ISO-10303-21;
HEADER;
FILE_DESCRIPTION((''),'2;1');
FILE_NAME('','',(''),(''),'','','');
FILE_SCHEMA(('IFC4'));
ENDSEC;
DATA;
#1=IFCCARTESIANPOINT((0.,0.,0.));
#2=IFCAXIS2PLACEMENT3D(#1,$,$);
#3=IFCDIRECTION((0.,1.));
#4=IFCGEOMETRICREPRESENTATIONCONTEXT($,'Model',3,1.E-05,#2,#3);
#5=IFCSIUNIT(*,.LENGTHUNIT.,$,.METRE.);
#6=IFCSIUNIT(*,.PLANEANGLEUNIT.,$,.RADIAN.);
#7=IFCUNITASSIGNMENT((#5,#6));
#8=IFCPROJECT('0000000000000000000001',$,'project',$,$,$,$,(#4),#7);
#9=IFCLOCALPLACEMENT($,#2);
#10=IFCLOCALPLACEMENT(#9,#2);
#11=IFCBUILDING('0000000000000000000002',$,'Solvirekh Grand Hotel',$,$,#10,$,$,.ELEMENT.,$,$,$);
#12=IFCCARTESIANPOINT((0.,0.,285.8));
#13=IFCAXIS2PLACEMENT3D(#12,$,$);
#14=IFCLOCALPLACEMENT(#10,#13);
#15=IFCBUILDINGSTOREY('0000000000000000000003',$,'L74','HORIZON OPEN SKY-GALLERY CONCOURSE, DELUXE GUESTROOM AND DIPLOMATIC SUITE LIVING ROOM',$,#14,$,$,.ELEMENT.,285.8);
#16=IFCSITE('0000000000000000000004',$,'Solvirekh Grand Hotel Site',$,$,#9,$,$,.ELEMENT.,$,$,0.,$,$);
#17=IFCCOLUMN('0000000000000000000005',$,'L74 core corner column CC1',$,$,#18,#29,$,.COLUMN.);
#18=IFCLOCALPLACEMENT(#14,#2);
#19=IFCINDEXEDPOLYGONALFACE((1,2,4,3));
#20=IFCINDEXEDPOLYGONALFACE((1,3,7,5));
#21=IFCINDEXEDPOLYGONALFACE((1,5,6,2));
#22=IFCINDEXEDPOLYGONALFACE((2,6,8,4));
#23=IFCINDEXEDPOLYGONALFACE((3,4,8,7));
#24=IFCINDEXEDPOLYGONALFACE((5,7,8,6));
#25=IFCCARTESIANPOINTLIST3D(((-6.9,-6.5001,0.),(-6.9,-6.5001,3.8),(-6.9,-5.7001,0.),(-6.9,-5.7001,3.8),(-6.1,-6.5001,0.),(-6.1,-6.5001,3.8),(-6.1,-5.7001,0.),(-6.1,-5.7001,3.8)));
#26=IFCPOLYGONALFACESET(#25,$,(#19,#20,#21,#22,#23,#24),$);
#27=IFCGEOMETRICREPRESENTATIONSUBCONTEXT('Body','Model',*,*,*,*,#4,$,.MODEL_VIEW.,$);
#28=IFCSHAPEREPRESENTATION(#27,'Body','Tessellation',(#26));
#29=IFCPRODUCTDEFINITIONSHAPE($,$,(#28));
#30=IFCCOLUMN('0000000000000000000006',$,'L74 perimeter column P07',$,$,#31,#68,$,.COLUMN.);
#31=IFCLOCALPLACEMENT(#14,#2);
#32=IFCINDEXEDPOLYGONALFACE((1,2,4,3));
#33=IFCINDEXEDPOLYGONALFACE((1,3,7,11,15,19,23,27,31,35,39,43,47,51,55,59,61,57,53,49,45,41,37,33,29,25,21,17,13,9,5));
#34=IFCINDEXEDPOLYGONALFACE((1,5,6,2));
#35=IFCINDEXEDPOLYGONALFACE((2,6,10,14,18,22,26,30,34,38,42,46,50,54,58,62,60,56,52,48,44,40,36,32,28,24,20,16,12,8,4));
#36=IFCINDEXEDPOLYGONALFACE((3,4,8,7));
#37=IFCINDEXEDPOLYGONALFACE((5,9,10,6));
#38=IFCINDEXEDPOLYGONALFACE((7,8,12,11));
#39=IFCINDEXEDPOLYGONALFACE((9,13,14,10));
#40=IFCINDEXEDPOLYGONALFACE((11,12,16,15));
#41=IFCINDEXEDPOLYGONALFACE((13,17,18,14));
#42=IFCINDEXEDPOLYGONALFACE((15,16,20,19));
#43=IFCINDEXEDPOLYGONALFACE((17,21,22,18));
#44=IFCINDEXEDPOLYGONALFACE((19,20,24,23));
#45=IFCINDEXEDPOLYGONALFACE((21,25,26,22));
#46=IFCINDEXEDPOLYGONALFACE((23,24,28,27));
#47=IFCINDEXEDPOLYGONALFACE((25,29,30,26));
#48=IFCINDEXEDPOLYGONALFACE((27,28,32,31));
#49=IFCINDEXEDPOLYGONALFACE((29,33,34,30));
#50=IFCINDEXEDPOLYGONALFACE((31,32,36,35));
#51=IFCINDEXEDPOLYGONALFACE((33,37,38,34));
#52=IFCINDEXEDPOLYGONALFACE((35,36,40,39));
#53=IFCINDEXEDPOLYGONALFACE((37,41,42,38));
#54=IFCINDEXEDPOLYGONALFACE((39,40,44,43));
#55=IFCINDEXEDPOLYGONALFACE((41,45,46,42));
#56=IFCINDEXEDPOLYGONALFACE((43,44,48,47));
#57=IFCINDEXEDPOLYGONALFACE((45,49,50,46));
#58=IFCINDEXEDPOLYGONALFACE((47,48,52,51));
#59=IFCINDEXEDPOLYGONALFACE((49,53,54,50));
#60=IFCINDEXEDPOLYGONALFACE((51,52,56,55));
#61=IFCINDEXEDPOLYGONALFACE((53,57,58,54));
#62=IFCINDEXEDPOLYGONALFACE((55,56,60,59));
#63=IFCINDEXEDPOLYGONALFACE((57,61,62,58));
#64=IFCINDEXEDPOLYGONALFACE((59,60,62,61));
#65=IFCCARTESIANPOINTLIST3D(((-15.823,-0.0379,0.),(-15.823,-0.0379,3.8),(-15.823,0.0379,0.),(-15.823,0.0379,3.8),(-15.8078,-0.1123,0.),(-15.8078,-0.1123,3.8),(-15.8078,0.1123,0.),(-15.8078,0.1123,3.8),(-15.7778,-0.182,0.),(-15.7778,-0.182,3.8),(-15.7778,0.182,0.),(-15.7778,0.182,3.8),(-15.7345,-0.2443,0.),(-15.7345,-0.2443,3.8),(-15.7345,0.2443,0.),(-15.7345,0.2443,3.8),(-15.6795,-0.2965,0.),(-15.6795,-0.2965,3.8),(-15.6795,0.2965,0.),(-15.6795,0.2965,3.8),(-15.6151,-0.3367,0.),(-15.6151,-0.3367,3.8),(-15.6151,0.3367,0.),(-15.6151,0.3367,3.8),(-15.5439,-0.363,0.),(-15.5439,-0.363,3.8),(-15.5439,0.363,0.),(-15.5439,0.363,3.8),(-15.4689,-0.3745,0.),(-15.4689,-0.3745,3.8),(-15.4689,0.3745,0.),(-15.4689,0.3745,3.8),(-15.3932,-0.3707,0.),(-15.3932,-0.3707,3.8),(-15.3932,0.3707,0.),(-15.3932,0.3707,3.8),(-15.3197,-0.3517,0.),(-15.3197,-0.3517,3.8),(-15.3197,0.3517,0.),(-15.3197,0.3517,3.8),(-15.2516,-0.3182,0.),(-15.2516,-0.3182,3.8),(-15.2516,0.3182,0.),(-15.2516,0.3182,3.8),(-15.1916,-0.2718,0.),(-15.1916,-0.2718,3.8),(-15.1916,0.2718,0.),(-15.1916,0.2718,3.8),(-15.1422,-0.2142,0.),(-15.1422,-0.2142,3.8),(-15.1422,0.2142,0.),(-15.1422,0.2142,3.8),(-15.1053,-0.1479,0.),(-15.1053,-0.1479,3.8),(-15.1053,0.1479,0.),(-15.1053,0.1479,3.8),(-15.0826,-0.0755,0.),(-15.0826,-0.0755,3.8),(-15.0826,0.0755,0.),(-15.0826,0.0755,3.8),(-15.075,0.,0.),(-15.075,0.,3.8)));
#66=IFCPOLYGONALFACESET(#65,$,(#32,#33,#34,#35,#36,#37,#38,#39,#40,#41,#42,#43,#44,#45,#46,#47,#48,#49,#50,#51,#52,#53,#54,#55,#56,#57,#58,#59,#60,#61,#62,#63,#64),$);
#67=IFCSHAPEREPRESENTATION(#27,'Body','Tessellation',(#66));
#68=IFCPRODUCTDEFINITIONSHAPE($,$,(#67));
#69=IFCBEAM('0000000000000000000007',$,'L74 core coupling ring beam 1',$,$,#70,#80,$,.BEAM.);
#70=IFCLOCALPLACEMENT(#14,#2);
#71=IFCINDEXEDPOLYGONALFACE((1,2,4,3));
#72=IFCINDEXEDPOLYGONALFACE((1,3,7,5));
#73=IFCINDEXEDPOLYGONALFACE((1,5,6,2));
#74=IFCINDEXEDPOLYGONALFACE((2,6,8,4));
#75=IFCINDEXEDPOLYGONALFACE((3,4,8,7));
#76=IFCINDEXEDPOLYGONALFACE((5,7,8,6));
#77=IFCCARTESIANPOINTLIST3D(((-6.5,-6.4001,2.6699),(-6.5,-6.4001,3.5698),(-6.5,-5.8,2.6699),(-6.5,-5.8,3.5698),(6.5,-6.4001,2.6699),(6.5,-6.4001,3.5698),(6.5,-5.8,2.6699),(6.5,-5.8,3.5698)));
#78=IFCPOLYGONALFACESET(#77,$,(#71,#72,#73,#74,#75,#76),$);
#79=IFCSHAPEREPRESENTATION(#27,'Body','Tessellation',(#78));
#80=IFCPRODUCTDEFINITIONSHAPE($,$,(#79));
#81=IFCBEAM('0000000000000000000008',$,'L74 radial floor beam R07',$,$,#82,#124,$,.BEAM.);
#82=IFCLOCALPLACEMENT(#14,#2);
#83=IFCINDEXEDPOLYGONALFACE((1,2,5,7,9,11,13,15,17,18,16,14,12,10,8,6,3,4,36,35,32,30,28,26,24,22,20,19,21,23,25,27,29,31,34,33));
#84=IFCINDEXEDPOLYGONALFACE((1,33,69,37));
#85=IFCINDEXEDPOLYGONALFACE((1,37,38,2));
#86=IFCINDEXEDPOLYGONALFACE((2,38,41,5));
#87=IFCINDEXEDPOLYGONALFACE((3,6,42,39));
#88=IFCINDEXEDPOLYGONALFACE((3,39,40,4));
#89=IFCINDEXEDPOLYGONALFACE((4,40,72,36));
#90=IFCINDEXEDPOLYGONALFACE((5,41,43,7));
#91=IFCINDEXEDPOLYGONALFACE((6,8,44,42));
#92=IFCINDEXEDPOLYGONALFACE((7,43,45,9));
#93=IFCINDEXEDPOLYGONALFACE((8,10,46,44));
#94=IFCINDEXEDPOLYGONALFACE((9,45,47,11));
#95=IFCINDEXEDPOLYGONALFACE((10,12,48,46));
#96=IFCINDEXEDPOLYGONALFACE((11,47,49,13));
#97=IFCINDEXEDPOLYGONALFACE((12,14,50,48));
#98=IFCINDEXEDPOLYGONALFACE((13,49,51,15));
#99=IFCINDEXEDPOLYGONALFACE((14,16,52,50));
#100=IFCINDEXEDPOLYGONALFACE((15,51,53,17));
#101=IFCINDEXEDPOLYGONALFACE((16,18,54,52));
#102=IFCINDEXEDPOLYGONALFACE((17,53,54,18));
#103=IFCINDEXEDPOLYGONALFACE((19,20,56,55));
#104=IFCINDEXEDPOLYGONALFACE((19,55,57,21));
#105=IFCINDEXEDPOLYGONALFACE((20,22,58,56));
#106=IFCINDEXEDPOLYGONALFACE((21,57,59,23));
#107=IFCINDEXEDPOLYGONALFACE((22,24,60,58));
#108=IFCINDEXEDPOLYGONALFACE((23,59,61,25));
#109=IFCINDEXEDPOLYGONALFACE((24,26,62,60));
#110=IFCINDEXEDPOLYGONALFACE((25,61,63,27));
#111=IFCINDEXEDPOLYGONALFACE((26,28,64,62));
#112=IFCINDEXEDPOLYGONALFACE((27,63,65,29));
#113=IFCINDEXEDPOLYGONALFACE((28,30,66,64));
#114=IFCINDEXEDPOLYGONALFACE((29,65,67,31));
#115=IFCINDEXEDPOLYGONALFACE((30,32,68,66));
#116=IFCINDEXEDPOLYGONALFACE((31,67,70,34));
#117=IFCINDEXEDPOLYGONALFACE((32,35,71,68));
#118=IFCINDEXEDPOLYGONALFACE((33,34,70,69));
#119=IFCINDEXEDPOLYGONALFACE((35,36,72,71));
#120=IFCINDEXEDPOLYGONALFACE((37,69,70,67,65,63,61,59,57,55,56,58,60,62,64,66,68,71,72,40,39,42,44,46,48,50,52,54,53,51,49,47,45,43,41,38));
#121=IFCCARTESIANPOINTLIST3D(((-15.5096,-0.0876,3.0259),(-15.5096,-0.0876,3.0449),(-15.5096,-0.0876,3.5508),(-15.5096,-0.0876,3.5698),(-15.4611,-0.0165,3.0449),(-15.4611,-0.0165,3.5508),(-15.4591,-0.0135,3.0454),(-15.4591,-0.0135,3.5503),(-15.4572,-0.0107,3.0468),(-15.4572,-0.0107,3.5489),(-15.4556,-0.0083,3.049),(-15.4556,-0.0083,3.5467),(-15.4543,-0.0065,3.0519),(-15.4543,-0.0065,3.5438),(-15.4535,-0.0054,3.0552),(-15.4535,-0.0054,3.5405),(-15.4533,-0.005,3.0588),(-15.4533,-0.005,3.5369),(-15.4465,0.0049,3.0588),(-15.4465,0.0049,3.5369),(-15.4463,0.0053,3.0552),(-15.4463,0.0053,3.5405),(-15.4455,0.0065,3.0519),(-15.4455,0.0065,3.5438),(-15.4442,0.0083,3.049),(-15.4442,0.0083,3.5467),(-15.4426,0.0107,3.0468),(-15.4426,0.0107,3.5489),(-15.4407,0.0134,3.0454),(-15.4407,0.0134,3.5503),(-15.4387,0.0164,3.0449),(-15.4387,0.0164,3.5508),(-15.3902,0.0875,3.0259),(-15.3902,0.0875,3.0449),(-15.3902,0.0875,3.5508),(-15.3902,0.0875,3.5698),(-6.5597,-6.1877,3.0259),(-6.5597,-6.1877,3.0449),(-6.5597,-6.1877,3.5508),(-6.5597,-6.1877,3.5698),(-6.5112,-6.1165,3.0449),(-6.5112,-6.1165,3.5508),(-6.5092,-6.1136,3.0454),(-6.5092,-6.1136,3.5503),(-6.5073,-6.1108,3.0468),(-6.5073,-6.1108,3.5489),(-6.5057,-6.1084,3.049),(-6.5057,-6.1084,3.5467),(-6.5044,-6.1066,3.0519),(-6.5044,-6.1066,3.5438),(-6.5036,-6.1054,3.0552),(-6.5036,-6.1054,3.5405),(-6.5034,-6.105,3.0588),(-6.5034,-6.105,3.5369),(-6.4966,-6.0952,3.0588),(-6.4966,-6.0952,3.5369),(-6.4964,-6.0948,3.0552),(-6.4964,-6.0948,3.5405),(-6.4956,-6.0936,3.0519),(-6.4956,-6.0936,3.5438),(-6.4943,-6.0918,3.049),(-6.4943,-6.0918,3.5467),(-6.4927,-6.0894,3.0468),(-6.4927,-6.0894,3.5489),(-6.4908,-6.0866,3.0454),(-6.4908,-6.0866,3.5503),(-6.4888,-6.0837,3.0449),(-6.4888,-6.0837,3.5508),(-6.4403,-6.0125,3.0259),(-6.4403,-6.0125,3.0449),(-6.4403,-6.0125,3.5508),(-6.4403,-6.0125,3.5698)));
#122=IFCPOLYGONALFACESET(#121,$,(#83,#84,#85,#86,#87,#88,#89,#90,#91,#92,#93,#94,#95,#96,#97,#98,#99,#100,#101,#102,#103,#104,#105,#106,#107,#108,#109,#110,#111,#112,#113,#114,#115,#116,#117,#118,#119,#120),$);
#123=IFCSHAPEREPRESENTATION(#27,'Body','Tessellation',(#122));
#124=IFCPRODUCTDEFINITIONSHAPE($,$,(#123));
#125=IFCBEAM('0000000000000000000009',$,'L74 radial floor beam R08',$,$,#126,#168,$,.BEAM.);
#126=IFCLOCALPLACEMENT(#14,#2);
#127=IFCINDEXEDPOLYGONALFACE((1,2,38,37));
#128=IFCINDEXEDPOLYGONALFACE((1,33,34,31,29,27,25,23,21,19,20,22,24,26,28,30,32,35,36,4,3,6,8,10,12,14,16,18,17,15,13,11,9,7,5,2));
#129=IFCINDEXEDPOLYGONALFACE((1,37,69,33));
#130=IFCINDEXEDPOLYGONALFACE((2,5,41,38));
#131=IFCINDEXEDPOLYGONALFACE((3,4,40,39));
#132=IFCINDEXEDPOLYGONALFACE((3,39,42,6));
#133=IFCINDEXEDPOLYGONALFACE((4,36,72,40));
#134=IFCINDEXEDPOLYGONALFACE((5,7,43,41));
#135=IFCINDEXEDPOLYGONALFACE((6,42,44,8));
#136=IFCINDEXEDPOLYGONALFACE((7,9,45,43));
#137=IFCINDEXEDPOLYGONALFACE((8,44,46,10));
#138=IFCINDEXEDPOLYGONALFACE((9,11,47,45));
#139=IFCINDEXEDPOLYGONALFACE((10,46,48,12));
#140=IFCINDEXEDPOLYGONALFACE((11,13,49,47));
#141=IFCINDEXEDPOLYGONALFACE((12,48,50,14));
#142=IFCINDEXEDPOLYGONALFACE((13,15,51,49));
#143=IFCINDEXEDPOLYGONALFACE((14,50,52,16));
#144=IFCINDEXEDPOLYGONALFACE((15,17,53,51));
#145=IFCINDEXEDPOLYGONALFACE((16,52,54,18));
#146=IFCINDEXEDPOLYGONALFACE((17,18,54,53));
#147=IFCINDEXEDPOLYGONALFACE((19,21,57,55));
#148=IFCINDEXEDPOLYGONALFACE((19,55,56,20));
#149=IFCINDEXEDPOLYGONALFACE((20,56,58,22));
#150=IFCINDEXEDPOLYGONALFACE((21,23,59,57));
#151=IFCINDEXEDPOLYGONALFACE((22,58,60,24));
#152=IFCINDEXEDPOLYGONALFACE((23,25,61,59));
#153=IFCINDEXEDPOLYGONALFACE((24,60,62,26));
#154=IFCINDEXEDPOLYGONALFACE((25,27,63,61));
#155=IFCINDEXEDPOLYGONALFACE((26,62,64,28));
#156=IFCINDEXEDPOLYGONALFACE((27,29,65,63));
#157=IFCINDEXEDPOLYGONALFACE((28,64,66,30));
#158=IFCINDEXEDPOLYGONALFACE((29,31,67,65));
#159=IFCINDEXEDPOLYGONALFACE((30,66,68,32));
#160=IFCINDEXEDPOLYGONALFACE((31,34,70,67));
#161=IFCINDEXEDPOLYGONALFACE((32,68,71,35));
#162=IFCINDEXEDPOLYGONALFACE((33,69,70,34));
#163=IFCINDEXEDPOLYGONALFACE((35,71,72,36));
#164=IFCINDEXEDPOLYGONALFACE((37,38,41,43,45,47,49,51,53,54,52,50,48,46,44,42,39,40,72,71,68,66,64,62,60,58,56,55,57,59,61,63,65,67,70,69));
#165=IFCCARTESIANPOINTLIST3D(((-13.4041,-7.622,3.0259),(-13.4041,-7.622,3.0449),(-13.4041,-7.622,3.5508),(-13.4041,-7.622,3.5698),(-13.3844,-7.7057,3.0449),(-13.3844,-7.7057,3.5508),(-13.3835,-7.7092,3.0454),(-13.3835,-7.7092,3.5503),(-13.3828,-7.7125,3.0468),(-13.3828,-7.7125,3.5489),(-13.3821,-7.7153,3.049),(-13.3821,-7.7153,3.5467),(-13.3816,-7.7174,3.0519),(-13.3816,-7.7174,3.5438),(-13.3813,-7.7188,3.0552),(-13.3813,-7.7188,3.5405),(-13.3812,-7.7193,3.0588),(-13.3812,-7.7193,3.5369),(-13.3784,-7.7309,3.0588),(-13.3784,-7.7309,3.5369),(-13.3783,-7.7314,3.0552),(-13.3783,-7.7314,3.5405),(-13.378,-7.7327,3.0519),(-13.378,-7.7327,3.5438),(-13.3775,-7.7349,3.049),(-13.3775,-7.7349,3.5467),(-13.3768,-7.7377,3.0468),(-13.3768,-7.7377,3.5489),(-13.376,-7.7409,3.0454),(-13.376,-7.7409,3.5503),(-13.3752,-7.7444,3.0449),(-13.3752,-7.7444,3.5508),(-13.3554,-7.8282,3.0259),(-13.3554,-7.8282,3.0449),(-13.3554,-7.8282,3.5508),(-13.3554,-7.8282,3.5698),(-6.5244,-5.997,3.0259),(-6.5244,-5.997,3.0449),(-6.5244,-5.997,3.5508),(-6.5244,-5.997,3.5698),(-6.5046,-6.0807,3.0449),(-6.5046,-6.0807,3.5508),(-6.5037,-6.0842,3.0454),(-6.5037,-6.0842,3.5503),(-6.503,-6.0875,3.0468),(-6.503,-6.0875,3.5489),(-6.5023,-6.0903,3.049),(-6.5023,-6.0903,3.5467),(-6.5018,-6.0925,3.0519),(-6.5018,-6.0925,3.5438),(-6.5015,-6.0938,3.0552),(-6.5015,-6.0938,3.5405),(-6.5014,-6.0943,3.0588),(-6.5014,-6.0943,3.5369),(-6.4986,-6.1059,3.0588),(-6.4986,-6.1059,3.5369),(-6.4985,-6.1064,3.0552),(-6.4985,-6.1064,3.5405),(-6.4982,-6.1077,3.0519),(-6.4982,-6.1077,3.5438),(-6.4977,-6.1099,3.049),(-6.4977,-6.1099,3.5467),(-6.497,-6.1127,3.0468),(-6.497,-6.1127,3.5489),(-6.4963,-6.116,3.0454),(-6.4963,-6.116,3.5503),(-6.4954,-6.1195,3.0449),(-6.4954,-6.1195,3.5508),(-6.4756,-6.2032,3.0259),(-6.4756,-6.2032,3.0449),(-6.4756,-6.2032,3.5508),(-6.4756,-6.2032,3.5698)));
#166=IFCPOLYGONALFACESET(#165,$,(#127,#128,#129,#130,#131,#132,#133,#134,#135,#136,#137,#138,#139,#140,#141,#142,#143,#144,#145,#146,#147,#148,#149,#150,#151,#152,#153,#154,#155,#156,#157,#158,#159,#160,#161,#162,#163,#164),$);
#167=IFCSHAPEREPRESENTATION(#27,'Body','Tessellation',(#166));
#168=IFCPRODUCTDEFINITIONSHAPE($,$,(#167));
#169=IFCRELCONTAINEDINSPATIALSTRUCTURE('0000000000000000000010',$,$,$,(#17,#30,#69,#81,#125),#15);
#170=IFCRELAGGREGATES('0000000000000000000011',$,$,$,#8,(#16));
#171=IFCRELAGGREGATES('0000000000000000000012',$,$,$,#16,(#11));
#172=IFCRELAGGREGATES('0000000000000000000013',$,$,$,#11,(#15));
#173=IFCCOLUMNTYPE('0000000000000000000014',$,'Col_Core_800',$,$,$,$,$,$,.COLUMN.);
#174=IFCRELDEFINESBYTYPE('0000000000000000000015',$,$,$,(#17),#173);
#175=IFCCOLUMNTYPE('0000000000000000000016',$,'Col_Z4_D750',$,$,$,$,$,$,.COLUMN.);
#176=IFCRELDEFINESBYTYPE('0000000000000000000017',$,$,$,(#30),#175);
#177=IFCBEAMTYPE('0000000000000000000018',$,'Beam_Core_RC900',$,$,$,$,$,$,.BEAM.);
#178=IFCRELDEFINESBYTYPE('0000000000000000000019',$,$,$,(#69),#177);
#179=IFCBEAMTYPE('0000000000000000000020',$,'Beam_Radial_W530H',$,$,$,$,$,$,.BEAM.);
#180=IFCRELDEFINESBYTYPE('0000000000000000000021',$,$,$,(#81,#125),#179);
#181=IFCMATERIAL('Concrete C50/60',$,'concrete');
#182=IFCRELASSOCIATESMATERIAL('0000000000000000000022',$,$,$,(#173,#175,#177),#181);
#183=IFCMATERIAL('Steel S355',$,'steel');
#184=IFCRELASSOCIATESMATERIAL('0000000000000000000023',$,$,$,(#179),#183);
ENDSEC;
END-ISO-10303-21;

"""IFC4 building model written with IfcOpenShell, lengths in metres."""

from ifc_helpers import new_model, si_unit, direction, frame, origin, origin_2d, place, context, subcontext, project, spatial, rectangle, circle, i_section, extrude, material, material_profile, profile_set, type_object, element, save


model = new_model("IFC4")

# Units and contexts
model_context = context("Model", 3, precision=1e-05, world=origin(), true_north=direction((0.0, 1.0)))
body_context = subcontext(model_context, "Body", "Model", "MODEL_VIEW")
ifc_project = project(units=[si_unit("LENGTHUNIT", "METRE"), si_unit("PLANEANGLEUNIT", "RADIAN")], contexts=[model_context])

# Site, building, storey
site_placement = place(None, origin())
site = spatial("IfcSite", under=ifc_project, at=site_placement, Name="Solvirekh Grand Hotel Site", CompositionType="ELEMENT", RefElevation=0.0)
building_placement = place(site_placement, origin())
building = spatial("IfcBuilding", under=site, at=building_placement, Name="Solvirekh Grand Hotel", CompositionType="ELEMENT")
storey_placement = place(building_placement, frame((0.0, 0.0, 285.8)))
storey = spatial("IfcBuildingStorey", under=building, at=storey_placement, Name="L74", Description="HORIZON OPEN SKY-GALLERY CONCOURSE, DELUXE GUESTROOM AND DIPLOMATIC SUITE LIVING ROOM", CompositionType="ELEMENT", Elevation=285.8)

# Columns
ifc_material_1 = material(Name="Concrete C50/60", Category="concrete")
ifc_material_profile_1 = material_profile(ifc_material_1, rectangle(XDim=0.8, YDim=0.8, at=origin_2d()), Name="RC 800X800")
ifc_profile_set_1 = profile_set([ifc_material_profile_1], Name="Concrete C50/60")
column_type_1 = type_object("IfcColumnType", Name="Col_Core_800", PredefinedType="COLUMN", material=ifc_profile_set_1)
column_1_placement = place(storey_placement, frame((-6.5, -6.1001, 0.0), z_axis=(0.0, 0.0, 1.0), x_axis=(1.0, 0.0, 0.0)))
element("IfcColumn", 1, at=column_1_placement, inside=storey, type_object=column_type_1, Name="L74 core corner column CC1", PredefinedType="COLUMN", context=body_context, shape_type="SweptSolid", body=[
    extrude(rectangle(XDim=0.8, YDim=0.8, at=origin_2d()), origin(), (0.0, 0.0, 1.0), 3.8),
])
ifc_material_profile_2 = material_profile(ifc_material_1, circle(Radius=0.375, at=origin_2d()), Name="RC CIRC D750")
ifc_profile_set_2 = profile_set([ifc_material_profile_2], Name="Concrete C50/60")
column_type_2 = type_object("IfcColumnType", Name="Col_Z4_D750", PredefinedType="COLUMN", material=ifc_profile_set_2)
column_2_placement = place(storey_placement, frame((-15.45, 0.0, 0.0), z_axis=(0.0, 0.0, 1.0), x_axis=(1.0, 0.0, 0.0)))
element("IfcColumn", 2, at=column_2_placement, inside=storey, type_object=column_type_2, Name="L74 perimeter column P07", PredefinedType="COLUMN", context=body_context, shape_type="SweptSolid", body=[
    extrude(circle(Radius=0.375, at=origin_2d()), origin(), (0.0, 0.0, 1.0), 3.8),
])

# Beams
ifc_material_profile_3 = material_profile(ifc_material_1, rectangle(XDim=0.6001, YDim=0.8999, at=origin_2d()), Name="RC BEAM 600X900")
ifc_profile_set_3 = profile_set([ifc_material_profile_3], Name="Concrete C50/60")
beam_type_1 = type_object("IfcBeamType", Name="Beam_Core_RC900", PredefinedType="BEAM", material=ifc_profile_set_3)
beam_1_placement = place(storey_placement, frame((-6.5, -6.1001, 3.1199), z_axis=(1.0, 0.0, 0.0), x_axis=(0.0, 1.0, 0.0)))
element("IfcBeam", 3, at=beam_1_placement, inside=storey, type_object=beam_type_1, Name="L74 core coupling ring beam 1", PredefinedType="BEAM", context=body_context, shape_type="SweptSolid", body=[
    extrude(rectangle(XDim=0.6001, YDim=0.8999, at=origin_2d()), origin(), (0.0, 0.0, 1.0), 13.0),
])
ifc_material_2 = material(Name="Steel S355", Category="steel")
ifc_material_profile_4 = material_profile(ifc_material_2, i_section(OverallWidth=0.2119, OverallDepth=0.5439, WebThickness=0.012, FlangeThickness=0.019, FilletRadius=0.0139, at=origin_2d()), Name="W530X123")
ifc_profile_set_4 = profile_set([ifc_material_profile_4], Name="Steel S355")
beam_type_2 = type_object("IfcBeamType", Name="Beam_Radial_W530H", PredefinedType="BEAM", material=ifc_profile_set_4)
beam_2_placement = place(storey_placement, frame((-6.5, -6.1001, 3.2979), z_axis=(-0.826319, 0.563202, 0.0), x_axis=(-0.563202, -0.826319, 0.0)))
element("IfcBeam", 4, at=beam_2_placement, inside=storey, type_object=beam_type_2, Name="L74 radial floor beam R07", PredefinedType="BEAM", context=body_context, shape_type="SweptSolid", body=[
    extrude(i_section(OverallWidth=0.2119, OverallDepth=0.5439, WebThickness=0.012, FlangeThickness=0.019, FilletRadius=0.0139, at=origin_2d()), origin(), (0.0, 0.0, 1.0), 10.8311),
])
beam_3_placement = place(storey_placement, frame((-6.5, -6.1001, 3.2979), z_axis=(-0.973221, -0.229871, 0.0), x_axis=(0.229871, -0.973221, 0.0)))
element("IfcBeam", 5, at=beam_3_placement, inside=storey, type_object=beam_type_2, Name="L74 radial floor beam R08", PredefinedType="BEAM", context=body_context, shape_type="SweptSolid", body=[
    extrude(i_section(OverallWidth=0.2119, OverallDepth=0.5439, WebThickness=0.012, FlangeThickness=0.019, FilletRadius=0.0139, at=origin_2d()), origin(), (0.0, 0.0, 1.0), 7.0691),
])

save(model, "model.ifc")
